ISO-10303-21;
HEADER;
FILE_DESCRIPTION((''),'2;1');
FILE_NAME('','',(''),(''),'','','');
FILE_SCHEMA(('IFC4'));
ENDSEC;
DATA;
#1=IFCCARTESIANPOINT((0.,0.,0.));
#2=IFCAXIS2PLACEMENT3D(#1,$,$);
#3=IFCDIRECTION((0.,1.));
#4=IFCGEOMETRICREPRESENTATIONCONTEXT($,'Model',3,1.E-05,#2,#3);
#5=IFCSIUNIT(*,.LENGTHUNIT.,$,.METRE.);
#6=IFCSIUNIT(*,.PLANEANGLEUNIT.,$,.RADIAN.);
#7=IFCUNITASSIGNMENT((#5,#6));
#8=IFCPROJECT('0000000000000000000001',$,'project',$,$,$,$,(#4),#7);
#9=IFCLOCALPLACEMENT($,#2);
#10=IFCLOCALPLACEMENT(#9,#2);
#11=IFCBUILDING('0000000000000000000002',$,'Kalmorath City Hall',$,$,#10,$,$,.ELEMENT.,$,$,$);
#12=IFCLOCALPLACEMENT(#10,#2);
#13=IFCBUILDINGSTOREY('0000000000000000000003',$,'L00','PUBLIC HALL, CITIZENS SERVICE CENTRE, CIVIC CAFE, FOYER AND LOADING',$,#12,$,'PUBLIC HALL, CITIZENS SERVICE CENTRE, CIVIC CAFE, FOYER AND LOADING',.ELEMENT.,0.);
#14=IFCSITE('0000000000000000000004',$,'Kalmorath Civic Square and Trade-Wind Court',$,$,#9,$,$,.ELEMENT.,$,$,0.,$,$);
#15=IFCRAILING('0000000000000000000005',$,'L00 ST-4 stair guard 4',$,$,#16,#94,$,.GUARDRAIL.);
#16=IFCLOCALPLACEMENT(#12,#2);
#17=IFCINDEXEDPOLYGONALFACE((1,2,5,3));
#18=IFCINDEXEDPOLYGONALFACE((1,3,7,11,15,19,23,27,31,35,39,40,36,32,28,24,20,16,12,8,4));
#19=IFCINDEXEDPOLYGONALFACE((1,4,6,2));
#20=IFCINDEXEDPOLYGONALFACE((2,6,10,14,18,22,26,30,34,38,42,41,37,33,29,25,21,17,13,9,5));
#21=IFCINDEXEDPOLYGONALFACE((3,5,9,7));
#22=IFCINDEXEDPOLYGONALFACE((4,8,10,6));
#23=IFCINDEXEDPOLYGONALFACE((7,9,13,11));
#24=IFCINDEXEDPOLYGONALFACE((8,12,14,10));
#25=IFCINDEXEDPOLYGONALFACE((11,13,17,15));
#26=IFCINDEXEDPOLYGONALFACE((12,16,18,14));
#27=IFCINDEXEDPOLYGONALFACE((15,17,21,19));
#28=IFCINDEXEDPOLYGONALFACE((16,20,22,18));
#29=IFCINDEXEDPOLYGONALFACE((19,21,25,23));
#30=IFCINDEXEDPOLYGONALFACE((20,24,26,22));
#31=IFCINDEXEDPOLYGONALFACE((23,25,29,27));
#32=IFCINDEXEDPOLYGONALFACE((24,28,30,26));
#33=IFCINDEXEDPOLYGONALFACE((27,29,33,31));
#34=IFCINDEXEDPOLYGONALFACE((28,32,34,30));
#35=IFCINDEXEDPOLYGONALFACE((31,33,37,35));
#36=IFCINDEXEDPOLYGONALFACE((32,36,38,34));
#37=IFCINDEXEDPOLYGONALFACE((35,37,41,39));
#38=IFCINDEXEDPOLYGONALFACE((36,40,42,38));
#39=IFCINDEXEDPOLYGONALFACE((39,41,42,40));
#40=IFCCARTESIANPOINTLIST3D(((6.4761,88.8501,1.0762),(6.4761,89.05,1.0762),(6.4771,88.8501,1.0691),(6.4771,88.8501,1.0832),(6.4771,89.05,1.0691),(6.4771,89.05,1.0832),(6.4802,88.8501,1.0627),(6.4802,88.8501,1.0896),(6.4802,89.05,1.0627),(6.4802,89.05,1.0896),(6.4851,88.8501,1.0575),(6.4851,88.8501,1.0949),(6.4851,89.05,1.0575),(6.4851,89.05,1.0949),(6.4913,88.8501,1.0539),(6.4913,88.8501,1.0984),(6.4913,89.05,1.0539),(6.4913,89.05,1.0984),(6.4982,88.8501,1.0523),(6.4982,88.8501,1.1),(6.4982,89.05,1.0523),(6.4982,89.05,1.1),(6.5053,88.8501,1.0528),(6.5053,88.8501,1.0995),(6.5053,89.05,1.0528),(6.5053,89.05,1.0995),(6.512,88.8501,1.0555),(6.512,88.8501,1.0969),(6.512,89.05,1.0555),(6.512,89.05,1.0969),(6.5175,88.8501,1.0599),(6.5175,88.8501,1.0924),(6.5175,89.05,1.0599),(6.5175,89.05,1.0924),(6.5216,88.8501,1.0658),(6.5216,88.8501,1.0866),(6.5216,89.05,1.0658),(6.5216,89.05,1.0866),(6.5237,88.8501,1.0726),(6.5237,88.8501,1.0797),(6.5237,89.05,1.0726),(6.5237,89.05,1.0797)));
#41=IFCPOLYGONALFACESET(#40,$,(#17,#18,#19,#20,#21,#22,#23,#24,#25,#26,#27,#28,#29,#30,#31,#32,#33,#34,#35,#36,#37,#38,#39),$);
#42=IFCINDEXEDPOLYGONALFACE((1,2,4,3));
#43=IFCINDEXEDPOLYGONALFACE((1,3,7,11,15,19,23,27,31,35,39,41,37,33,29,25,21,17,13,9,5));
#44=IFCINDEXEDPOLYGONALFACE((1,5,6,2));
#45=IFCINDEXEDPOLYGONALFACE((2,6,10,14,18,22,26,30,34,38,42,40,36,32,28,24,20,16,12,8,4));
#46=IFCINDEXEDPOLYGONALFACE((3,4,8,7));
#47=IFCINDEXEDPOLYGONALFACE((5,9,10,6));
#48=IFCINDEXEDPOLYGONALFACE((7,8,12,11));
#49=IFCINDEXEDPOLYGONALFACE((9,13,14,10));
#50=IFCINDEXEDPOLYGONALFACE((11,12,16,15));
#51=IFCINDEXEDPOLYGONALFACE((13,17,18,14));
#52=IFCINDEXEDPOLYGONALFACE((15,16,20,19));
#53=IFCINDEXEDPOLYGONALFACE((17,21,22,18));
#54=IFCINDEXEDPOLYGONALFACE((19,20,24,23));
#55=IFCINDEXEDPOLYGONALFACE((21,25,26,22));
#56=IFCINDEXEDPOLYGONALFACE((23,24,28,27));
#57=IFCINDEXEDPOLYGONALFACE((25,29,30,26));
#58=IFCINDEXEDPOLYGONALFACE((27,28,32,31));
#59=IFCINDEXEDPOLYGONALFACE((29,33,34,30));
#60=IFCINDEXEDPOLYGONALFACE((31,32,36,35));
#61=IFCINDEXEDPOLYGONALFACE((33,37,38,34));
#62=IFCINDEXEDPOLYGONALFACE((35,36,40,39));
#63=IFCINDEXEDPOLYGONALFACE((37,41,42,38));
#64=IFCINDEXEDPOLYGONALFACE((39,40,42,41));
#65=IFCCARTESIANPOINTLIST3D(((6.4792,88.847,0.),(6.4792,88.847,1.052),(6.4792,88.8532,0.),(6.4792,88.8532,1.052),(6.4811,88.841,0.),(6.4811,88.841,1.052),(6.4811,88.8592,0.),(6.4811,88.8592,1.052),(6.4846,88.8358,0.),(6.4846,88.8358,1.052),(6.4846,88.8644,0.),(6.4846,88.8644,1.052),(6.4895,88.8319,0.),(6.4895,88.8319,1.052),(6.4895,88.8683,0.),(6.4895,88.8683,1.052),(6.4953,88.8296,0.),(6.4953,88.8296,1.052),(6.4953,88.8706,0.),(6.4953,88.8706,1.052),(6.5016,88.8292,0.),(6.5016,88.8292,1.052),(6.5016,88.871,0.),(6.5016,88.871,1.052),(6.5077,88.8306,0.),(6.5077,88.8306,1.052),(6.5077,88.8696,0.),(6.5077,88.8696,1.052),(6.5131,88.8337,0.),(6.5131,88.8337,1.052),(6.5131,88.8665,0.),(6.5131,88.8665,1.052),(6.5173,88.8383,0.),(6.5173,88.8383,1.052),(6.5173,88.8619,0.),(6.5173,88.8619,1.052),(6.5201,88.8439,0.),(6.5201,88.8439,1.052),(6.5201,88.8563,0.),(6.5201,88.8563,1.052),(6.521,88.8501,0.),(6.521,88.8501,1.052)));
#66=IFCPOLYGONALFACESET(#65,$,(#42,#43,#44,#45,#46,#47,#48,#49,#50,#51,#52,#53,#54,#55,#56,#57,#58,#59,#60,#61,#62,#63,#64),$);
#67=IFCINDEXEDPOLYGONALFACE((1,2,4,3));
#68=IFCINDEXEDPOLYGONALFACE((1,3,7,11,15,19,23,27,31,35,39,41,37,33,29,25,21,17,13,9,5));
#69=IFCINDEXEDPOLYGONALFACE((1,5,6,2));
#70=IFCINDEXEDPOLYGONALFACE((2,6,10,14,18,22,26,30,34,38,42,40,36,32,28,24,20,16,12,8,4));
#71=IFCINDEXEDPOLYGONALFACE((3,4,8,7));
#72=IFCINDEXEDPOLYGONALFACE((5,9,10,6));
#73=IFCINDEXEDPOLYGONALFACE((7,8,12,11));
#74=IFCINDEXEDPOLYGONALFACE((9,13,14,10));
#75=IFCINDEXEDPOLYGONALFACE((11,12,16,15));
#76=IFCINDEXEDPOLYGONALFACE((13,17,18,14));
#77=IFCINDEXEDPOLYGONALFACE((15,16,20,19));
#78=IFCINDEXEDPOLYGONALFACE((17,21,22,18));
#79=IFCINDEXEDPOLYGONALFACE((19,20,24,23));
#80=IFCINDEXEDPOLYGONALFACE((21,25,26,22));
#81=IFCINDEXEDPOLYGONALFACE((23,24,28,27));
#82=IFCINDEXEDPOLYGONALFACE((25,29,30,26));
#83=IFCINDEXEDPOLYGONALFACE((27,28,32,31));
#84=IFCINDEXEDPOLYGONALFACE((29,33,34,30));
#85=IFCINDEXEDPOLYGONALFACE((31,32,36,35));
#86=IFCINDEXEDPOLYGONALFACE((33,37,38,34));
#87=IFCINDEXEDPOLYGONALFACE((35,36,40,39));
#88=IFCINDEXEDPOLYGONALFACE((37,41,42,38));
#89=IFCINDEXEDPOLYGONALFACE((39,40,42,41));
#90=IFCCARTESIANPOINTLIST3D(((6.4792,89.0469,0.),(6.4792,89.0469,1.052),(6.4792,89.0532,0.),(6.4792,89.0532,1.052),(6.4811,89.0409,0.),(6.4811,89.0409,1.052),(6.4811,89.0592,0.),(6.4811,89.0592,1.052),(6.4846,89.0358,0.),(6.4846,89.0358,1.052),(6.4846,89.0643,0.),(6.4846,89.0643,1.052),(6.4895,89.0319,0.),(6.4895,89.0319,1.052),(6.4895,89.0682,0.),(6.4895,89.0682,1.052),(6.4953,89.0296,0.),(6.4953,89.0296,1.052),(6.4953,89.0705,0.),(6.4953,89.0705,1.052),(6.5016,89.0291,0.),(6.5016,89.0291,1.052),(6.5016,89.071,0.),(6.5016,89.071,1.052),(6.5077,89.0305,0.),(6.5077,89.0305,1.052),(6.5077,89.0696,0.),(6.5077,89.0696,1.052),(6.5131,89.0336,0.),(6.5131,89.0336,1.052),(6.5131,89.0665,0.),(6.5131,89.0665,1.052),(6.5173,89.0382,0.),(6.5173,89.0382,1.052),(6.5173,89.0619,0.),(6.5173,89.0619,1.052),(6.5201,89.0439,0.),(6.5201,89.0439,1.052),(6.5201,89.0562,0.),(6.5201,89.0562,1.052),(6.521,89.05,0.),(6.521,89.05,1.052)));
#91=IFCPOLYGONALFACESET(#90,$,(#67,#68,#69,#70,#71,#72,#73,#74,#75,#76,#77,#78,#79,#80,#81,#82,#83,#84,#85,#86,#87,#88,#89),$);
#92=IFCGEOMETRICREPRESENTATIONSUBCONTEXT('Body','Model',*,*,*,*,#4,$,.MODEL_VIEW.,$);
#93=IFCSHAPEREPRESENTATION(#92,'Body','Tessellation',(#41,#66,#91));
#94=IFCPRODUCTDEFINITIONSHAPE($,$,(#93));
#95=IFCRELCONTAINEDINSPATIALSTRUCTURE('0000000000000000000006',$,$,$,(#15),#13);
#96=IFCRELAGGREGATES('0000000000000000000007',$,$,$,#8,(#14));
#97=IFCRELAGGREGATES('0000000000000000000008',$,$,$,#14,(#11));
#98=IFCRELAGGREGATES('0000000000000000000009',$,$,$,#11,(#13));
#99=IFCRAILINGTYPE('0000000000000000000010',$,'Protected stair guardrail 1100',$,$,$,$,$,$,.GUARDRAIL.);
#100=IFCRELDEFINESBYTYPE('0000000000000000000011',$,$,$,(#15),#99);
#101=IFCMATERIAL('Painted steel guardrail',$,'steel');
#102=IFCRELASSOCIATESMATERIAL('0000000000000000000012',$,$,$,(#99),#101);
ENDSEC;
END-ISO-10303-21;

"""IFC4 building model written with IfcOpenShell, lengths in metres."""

from ifc_helpers import new_model, si_unit, direction, frame, origin, origin_2d, place, context, subcontext, project, spatial, circle, extrude, material, type_object, element, save


model = new_model("IFC4")

# Units and contexts
model_context = context("Model", 3, precision=1e-05, world=origin(), true_north=direction((0.0, 1.0)))
body_context = subcontext(model_context, "Body", "Model", "MODEL_VIEW")
ifc_project = project(units=[si_unit("LENGTHUNIT", "METRE"), si_unit("PLANEANGLEUNIT", "RADIAN")], contexts=[model_context])

# Site, building, storey
site_placement = place(None, origin())
site = spatial("IfcSite", under=ifc_project, at=site_placement, Name="Kalmorath Civic Square and Trade-Wind Court", CompositionType="ELEMENT", RefElevation=0.0)
building_placement = place(site_placement, origin())
building = spatial("IfcBuilding", under=site, at=building_placement, Name="Kalmorath City Hall", CompositionType="ELEMENT")
storey_placement = place(building_placement, origin())
storey = spatial("IfcBuildingStorey", under=building, at=storey_placement, Name="L00", Description="PUBLIC HALL, CITIZENS SERVICE CENTRE, CIVIC CAFE, FOYER AND LOADING", LongName="PUBLIC HALL, CITIZENS SERVICE CENTRE, CIVIC CAFE, FOYER AND LOADING", CompositionType="ELEMENT", Elevation=0.0)

# Railing
ifc_material_1 = material(Name="Painted steel guardrail", Category="steel")
railing_type_1 = type_object("IfcRailingType", Name="Protected stair guardrail 1100", PredefinedType="GUARDRAIL", material=ifc_material_1)
railing_1_placement = place(storey_placement, frame((6.5, 88.8501, 0.0)))
element("IfcRailing", 1, at=railing_1_placement, inside=storey, type_object=railing_type_1, Name="L00 ST-4 stair guard 4", PredefinedType="GUARDRAIL", context=body_context, shape_type="SweptSolid", body=[
    extrude(circle(Radius=0.0239, at=origin_2d()), frame((0.0, 0.0, 1.0762), z_axis=(0.0, 1.0, 0.0), x_axis=(-1.0, 0.0, 0.0)), (0.0, 0.0, 1.0), 0.2),
    extrude(circle(Radius=0.021, at=origin_2d()), origin(), (0.0, 0.0, 1.0), 1.052),
    extrude(circle(Radius=0.021, at=origin_2d()), frame((0.0, 0.2, 0.0)), (0.0, 0.0, 1.0), 1.052),
])

save(model, "model.ifc")
